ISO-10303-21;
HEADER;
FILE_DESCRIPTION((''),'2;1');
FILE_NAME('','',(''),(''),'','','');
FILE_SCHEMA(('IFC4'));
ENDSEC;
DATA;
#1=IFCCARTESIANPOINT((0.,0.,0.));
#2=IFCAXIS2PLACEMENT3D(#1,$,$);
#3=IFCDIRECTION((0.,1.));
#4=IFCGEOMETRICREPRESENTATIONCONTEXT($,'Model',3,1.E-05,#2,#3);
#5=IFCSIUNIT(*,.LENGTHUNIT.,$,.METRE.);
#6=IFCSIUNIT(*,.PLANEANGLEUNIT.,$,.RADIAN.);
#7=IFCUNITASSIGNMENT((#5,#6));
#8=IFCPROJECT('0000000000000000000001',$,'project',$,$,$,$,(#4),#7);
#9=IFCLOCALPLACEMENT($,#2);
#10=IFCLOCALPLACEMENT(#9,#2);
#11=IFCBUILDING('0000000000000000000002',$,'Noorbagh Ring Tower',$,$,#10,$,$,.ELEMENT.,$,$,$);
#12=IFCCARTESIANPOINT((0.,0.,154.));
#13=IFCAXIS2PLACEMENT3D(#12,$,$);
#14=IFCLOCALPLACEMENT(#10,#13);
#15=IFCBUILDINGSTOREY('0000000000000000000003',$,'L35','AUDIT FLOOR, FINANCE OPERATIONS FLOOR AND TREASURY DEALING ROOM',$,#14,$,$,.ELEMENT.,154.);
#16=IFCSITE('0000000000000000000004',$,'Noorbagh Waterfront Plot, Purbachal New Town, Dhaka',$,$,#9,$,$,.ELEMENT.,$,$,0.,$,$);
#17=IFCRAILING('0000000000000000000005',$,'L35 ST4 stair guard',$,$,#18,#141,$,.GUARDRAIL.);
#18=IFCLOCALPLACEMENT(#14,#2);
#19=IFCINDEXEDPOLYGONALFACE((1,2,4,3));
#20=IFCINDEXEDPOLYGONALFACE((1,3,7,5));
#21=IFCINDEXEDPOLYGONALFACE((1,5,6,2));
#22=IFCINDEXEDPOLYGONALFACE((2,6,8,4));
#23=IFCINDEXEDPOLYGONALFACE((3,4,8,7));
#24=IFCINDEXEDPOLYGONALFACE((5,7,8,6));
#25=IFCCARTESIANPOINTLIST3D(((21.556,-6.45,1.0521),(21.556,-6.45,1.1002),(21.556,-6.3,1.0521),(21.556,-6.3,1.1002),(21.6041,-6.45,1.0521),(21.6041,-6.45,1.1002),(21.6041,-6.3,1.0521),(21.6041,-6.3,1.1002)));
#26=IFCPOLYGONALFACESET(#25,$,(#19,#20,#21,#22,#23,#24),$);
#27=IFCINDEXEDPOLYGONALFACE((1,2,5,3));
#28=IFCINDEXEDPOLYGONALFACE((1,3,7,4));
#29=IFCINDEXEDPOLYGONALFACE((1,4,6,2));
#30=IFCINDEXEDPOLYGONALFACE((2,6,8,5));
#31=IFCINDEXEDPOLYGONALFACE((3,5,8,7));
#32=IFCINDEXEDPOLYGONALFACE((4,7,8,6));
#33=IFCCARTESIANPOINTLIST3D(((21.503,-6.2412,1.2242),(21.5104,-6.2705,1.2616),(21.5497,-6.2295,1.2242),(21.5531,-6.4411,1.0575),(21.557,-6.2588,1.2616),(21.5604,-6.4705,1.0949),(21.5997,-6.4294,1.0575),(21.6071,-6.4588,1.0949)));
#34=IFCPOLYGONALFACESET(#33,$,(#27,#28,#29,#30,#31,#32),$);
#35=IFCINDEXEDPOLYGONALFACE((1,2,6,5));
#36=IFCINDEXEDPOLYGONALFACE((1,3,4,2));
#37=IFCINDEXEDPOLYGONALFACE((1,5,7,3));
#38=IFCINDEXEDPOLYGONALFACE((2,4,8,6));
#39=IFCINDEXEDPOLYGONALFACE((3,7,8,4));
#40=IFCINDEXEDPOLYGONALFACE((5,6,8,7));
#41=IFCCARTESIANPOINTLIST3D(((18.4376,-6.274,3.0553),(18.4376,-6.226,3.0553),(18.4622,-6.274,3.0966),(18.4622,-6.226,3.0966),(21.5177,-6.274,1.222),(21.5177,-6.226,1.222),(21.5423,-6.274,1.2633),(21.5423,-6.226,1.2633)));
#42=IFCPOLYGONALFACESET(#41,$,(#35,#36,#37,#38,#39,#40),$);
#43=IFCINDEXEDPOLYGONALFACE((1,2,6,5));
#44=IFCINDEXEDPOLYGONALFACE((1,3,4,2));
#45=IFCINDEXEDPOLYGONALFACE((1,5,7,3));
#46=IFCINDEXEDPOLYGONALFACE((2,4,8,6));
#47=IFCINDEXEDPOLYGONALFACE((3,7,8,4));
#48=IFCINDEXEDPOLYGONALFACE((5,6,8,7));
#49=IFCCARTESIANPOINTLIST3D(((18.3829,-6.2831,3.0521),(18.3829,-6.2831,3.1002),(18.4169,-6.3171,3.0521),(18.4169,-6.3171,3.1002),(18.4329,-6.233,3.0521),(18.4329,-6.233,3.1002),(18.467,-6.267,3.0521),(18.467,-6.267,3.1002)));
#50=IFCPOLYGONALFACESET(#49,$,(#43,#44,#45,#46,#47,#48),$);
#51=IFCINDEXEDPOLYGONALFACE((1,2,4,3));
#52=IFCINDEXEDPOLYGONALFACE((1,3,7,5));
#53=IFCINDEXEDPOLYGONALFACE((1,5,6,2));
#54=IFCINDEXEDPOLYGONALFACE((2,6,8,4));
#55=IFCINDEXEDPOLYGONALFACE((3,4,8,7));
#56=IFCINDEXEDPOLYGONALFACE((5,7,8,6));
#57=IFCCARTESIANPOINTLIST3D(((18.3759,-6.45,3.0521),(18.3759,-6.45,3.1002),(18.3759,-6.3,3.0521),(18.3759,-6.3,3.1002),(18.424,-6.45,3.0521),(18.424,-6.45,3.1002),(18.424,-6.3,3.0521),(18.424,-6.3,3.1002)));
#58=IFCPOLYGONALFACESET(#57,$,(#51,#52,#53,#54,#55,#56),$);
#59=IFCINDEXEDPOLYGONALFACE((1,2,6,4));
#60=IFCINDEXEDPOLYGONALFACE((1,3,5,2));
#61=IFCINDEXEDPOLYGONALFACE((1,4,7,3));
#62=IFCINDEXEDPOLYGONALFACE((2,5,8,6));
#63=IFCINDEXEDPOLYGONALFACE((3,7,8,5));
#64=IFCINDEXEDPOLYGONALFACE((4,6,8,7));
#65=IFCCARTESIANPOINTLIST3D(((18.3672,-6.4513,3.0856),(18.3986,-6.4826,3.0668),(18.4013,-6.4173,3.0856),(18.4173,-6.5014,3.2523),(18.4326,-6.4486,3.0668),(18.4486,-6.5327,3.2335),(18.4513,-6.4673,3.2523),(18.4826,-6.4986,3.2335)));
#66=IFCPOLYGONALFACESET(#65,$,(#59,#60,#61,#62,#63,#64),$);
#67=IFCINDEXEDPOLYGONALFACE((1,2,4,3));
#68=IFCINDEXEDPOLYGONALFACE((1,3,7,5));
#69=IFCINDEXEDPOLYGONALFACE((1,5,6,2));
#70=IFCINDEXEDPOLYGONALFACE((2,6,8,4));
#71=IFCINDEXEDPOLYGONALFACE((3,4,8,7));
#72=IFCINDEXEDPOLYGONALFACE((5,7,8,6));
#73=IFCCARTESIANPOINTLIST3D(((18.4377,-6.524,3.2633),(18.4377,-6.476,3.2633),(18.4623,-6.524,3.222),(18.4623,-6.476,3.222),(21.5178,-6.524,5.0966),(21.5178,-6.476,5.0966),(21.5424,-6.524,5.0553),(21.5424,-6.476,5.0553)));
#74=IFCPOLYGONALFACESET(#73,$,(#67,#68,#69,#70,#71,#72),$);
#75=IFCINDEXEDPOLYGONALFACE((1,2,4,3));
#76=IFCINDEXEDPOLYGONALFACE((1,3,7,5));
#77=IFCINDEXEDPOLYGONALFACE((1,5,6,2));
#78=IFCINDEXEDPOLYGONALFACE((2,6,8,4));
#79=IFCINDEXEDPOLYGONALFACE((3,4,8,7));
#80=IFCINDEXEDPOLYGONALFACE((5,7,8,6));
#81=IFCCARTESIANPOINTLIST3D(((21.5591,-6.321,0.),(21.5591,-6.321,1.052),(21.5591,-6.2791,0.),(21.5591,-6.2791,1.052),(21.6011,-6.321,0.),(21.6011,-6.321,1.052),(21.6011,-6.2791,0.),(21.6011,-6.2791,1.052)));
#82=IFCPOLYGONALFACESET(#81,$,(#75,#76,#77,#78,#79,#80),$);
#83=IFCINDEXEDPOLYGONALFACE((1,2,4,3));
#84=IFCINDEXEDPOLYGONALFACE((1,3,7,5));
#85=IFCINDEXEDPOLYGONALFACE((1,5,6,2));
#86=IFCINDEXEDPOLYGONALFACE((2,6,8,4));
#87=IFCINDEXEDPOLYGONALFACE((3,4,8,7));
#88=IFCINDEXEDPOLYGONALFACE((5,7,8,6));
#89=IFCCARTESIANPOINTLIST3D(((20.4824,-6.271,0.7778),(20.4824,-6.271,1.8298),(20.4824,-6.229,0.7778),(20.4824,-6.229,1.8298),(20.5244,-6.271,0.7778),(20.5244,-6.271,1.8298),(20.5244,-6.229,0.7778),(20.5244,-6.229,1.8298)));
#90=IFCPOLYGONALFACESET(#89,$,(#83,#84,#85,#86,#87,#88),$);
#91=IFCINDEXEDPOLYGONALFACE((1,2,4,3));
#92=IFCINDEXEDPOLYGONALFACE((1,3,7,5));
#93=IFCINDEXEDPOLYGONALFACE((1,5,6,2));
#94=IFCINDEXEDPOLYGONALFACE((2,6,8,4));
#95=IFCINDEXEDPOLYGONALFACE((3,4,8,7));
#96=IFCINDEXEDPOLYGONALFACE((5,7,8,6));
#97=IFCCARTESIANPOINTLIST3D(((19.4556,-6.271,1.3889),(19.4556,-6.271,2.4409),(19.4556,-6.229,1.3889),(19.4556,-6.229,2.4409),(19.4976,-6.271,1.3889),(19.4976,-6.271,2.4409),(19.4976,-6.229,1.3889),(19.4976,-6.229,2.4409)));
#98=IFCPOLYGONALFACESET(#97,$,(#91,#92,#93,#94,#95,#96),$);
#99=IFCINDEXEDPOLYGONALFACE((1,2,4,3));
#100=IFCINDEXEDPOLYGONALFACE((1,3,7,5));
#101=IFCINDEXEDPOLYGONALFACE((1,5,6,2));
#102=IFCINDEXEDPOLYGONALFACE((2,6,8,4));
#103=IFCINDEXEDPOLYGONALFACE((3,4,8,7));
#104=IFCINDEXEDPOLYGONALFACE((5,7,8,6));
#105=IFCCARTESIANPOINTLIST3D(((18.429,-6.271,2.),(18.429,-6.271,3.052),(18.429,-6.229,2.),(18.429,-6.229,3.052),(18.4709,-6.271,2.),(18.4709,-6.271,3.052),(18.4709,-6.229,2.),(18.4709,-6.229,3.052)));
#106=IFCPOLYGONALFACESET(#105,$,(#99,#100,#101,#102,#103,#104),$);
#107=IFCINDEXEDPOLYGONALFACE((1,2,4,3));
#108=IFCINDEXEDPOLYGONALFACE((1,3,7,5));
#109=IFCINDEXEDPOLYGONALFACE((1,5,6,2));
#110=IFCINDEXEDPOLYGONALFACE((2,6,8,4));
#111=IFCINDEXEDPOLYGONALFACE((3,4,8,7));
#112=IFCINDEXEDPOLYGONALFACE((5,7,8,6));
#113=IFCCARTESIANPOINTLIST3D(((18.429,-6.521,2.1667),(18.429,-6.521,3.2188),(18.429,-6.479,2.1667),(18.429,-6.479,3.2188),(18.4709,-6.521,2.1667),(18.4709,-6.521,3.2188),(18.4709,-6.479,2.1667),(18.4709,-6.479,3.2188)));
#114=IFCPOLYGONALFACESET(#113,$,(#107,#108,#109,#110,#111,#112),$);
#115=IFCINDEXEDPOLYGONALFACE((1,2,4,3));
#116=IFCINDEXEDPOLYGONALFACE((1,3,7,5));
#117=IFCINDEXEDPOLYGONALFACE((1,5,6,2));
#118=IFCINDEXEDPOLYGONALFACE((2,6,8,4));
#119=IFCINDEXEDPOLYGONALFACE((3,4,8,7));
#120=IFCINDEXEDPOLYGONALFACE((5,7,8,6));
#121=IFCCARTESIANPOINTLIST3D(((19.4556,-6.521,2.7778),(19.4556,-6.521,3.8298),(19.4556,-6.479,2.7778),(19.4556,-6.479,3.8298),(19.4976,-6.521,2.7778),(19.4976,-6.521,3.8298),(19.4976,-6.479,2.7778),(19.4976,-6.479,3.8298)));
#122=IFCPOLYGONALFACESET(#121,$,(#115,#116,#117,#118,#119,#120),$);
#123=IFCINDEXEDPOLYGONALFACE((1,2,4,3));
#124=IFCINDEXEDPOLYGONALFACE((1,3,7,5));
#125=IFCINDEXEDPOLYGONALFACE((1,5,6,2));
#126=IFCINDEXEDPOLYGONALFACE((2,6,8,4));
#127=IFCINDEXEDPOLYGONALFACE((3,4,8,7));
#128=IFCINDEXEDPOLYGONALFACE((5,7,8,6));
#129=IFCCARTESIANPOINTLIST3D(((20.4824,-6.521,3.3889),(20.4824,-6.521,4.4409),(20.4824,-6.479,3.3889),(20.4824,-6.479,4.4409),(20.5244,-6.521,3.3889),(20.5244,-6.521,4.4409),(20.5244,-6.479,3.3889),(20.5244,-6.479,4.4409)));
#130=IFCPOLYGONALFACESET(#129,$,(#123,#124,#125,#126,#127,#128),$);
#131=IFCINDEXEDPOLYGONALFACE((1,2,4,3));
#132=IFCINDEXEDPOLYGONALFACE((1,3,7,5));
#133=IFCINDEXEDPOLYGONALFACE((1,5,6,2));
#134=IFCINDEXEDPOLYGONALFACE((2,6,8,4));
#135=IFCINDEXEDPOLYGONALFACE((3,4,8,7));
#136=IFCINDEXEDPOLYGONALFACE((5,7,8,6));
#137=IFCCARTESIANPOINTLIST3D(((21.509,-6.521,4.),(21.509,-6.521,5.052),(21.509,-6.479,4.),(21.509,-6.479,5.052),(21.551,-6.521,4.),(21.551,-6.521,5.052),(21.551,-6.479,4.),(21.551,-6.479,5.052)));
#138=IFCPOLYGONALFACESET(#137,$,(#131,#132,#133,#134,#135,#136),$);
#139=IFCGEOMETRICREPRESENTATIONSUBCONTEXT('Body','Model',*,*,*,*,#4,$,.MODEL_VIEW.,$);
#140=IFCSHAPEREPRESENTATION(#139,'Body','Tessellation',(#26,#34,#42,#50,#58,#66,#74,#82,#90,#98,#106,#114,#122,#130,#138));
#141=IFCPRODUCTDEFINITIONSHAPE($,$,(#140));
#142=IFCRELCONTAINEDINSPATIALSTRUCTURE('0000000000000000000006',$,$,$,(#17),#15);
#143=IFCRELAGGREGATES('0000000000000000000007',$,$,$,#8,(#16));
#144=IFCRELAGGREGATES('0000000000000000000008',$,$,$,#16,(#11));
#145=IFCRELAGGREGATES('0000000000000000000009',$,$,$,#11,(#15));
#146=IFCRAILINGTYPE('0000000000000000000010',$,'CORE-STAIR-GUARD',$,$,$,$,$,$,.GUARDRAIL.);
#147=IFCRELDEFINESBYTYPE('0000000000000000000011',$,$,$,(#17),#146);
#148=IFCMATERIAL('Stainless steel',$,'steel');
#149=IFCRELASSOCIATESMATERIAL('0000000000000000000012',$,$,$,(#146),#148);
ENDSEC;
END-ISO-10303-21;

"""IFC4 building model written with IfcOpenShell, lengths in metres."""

from ifc_helpers import new_model, si_unit, direction, frame, origin, origin_2d, place, context, subcontext, project, spatial, rectangle, extrude, material, type_object, element, save


model = new_model("IFC4")

# Units and contexts
model_context = context("Model", 3, precision=1e-05, world=origin(), true_north=direction((0.0, 1.0)))
body_context = subcontext(model_context, "Body", "Model", "MODEL_VIEW")
ifc_project = project(units=[si_unit("LENGTHUNIT", "METRE"), si_unit("PLANEANGLEUNIT", "RADIAN")], contexts=[model_context])

# Site, building, storey
site_placement = place(None, origin())
site = spatial("IfcSite", under=ifc_project, at=site_placement, Name="Noorbagh Waterfront Plot, Purbachal New Town, Dhaka", CompositionType="ELEMENT", RefElevation=0.0)
building_placement = place(site_placement, origin())
building = spatial("IfcBuilding", under=site, at=building_placement, Name="Noorbagh Ring Tower", CompositionType="ELEMENT")
storey_placement = place(building_placement, frame((0.0, 0.0, 154.0)))
storey = spatial("IfcBuildingStorey", under=building, at=storey_placement, Name="L35", Description="AUDIT FLOOR, FINANCE OPERATIONS FLOOR AND TREASURY DEALING ROOM", CompositionType="ELEMENT", Elevation=154.0)

# Railing
ifc_material_1 = material(Name="Stainless steel", Category="steel")
railing_type_1 = type_object("IfcRailingType", Name="CORE-STAIR-GUARD", PredefinedType="GUARDRAIL", material=ifc_material_1)
railing_1_placement = place(storey_placement, frame((21.5801, -6.3, 0.0)))
element("IfcRailing", 1, at=railing_1_placement, inside=storey, type_object=railing_type_1, Name="L35 ST4 stair guard", PredefinedType="GUARDRAIL", context=body_context, shape_type="SweptSolid", body=[
    extrude(rectangle(XDim=0.0481, YDim=0.0481, at=origin_2d()), frame((0.0, 0.0, 1.0762), z_axis=(0.0, -1.0, 0.0), x_axis=(1.0, 0.0, 0.0)), (0.0, 0.0, 1.0), 0.1499),
    extrude(rectangle(XDim=0.0481, YDim=0.0481, at=origin_2d()), frame((0.0, -0.1499, 1.0762), z_axis=(-0.188776, 0.754182, 0.628946), x_axis=(-0.970073, -0.242814, 0.0)), (0.0, 0.0, 1.0), 0.2651),
    extrude(rectangle(XDim=0.0481, YDim=0.0481, at=origin_2d()), frame((-0.05, 0.05, 1.2427), z_axis=(-0.859309, 0.0, 0.511458), x_axis=(0.0, -1.0, 0.0)), (0.0, 0.0, 1.0), 3.5845),
    extrude(rectangle(XDim=0.0481, YDim=0.0481, at=origin_2d()), frame((-3.1301, 0.05, 3.0762), z_axis=(-0.707107, -0.707107, 0.0), x_axis=(0.707107, -0.707107, 0.0)), (0.0, 0.0, 1.0), 0.0708),
    extrude(rectangle(XDim=0.0481, YDim=0.0481, at=origin_2d()), frame((-3.1802, 0.0, 3.0762), z_axis=(0.0, -1.0, 0.0), x_axis=(1.0, 0.0, 0.0)), (0.0, 0.0, 1.0), 0.1499),
    extrude(rectangle(XDim=0.0481, YDim=0.0481, at=origin_2d()), frame((-3.1802, -0.1499, 3.0762), z_axis=(0.276287, -0.276287, 0.920506), x_axis=(0.707107, 0.707107, 0.0)), (0.0, 0.0, 1.0), 0.1812),
    extrude(rectangle(XDim=0.0481, YDim=0.0481, at=origin_2d()), frame((-3.1301, -0.2, 3.2427), z_axis=(0.859309, 0.0, 0.511458), x_axis=(0.0, 1.0, 0.0)), (0.0, 0.0, 1.0), 3.5845),
    extrude(rectangle(XDim=0.042, YDim=0.042, at=origin_2d()), origin(), (0.0, 0.0, 1.0), 1.052),
    extrude(rectangle(XDim=0.042, YDim=0.042, at=origin_2d()), frame((-1.0767, 0.05, 0.7778)), (0.0, 0.0, 1.0), 1.052),
    extrude(rectangle(XDim=0.042, YDim=0.042, at=origin_2d()), frame((-2.1035, 0.05, 1.3889)), (0.0, 0.0, 1.0), 1.052),
    extrude(rectangle(XDim=0.042, YDim=0.042, at=origin_2d()), frame((-3.1301, 0.05, 2.0)), (0.0, 0.0, 1.0), 1.052),
    extrude(rectangle(XDim=0.042, YDim=0.042, at=origin_2d()), frame((-3.1301, -0.2, 2.1667)), (0.0, 0.0, 1.0), 1.052),
    extrude(rectangle(XDim=0.042, YDim=0.042, at=origin_2d()), frame((-2.1035, -0.2, 2.7778)), (0.0, 0.0, 1.0), 1.052),
    extrude(rectangle(XDim=0.042, YDim=0.042, at=origin_2d()), frame((-1.0767, -0.2, 3.3889)), (0.0, 0.0, 1.0), 1.052),
    extrude(rectangle(XDim=0.042, YDim=0.042, at=origin_2d()), frame((-0.05, -0.2, 4.0)), (0.0, 0.0, 1.0), 1.052),
])

save(model, "model.ifc")
